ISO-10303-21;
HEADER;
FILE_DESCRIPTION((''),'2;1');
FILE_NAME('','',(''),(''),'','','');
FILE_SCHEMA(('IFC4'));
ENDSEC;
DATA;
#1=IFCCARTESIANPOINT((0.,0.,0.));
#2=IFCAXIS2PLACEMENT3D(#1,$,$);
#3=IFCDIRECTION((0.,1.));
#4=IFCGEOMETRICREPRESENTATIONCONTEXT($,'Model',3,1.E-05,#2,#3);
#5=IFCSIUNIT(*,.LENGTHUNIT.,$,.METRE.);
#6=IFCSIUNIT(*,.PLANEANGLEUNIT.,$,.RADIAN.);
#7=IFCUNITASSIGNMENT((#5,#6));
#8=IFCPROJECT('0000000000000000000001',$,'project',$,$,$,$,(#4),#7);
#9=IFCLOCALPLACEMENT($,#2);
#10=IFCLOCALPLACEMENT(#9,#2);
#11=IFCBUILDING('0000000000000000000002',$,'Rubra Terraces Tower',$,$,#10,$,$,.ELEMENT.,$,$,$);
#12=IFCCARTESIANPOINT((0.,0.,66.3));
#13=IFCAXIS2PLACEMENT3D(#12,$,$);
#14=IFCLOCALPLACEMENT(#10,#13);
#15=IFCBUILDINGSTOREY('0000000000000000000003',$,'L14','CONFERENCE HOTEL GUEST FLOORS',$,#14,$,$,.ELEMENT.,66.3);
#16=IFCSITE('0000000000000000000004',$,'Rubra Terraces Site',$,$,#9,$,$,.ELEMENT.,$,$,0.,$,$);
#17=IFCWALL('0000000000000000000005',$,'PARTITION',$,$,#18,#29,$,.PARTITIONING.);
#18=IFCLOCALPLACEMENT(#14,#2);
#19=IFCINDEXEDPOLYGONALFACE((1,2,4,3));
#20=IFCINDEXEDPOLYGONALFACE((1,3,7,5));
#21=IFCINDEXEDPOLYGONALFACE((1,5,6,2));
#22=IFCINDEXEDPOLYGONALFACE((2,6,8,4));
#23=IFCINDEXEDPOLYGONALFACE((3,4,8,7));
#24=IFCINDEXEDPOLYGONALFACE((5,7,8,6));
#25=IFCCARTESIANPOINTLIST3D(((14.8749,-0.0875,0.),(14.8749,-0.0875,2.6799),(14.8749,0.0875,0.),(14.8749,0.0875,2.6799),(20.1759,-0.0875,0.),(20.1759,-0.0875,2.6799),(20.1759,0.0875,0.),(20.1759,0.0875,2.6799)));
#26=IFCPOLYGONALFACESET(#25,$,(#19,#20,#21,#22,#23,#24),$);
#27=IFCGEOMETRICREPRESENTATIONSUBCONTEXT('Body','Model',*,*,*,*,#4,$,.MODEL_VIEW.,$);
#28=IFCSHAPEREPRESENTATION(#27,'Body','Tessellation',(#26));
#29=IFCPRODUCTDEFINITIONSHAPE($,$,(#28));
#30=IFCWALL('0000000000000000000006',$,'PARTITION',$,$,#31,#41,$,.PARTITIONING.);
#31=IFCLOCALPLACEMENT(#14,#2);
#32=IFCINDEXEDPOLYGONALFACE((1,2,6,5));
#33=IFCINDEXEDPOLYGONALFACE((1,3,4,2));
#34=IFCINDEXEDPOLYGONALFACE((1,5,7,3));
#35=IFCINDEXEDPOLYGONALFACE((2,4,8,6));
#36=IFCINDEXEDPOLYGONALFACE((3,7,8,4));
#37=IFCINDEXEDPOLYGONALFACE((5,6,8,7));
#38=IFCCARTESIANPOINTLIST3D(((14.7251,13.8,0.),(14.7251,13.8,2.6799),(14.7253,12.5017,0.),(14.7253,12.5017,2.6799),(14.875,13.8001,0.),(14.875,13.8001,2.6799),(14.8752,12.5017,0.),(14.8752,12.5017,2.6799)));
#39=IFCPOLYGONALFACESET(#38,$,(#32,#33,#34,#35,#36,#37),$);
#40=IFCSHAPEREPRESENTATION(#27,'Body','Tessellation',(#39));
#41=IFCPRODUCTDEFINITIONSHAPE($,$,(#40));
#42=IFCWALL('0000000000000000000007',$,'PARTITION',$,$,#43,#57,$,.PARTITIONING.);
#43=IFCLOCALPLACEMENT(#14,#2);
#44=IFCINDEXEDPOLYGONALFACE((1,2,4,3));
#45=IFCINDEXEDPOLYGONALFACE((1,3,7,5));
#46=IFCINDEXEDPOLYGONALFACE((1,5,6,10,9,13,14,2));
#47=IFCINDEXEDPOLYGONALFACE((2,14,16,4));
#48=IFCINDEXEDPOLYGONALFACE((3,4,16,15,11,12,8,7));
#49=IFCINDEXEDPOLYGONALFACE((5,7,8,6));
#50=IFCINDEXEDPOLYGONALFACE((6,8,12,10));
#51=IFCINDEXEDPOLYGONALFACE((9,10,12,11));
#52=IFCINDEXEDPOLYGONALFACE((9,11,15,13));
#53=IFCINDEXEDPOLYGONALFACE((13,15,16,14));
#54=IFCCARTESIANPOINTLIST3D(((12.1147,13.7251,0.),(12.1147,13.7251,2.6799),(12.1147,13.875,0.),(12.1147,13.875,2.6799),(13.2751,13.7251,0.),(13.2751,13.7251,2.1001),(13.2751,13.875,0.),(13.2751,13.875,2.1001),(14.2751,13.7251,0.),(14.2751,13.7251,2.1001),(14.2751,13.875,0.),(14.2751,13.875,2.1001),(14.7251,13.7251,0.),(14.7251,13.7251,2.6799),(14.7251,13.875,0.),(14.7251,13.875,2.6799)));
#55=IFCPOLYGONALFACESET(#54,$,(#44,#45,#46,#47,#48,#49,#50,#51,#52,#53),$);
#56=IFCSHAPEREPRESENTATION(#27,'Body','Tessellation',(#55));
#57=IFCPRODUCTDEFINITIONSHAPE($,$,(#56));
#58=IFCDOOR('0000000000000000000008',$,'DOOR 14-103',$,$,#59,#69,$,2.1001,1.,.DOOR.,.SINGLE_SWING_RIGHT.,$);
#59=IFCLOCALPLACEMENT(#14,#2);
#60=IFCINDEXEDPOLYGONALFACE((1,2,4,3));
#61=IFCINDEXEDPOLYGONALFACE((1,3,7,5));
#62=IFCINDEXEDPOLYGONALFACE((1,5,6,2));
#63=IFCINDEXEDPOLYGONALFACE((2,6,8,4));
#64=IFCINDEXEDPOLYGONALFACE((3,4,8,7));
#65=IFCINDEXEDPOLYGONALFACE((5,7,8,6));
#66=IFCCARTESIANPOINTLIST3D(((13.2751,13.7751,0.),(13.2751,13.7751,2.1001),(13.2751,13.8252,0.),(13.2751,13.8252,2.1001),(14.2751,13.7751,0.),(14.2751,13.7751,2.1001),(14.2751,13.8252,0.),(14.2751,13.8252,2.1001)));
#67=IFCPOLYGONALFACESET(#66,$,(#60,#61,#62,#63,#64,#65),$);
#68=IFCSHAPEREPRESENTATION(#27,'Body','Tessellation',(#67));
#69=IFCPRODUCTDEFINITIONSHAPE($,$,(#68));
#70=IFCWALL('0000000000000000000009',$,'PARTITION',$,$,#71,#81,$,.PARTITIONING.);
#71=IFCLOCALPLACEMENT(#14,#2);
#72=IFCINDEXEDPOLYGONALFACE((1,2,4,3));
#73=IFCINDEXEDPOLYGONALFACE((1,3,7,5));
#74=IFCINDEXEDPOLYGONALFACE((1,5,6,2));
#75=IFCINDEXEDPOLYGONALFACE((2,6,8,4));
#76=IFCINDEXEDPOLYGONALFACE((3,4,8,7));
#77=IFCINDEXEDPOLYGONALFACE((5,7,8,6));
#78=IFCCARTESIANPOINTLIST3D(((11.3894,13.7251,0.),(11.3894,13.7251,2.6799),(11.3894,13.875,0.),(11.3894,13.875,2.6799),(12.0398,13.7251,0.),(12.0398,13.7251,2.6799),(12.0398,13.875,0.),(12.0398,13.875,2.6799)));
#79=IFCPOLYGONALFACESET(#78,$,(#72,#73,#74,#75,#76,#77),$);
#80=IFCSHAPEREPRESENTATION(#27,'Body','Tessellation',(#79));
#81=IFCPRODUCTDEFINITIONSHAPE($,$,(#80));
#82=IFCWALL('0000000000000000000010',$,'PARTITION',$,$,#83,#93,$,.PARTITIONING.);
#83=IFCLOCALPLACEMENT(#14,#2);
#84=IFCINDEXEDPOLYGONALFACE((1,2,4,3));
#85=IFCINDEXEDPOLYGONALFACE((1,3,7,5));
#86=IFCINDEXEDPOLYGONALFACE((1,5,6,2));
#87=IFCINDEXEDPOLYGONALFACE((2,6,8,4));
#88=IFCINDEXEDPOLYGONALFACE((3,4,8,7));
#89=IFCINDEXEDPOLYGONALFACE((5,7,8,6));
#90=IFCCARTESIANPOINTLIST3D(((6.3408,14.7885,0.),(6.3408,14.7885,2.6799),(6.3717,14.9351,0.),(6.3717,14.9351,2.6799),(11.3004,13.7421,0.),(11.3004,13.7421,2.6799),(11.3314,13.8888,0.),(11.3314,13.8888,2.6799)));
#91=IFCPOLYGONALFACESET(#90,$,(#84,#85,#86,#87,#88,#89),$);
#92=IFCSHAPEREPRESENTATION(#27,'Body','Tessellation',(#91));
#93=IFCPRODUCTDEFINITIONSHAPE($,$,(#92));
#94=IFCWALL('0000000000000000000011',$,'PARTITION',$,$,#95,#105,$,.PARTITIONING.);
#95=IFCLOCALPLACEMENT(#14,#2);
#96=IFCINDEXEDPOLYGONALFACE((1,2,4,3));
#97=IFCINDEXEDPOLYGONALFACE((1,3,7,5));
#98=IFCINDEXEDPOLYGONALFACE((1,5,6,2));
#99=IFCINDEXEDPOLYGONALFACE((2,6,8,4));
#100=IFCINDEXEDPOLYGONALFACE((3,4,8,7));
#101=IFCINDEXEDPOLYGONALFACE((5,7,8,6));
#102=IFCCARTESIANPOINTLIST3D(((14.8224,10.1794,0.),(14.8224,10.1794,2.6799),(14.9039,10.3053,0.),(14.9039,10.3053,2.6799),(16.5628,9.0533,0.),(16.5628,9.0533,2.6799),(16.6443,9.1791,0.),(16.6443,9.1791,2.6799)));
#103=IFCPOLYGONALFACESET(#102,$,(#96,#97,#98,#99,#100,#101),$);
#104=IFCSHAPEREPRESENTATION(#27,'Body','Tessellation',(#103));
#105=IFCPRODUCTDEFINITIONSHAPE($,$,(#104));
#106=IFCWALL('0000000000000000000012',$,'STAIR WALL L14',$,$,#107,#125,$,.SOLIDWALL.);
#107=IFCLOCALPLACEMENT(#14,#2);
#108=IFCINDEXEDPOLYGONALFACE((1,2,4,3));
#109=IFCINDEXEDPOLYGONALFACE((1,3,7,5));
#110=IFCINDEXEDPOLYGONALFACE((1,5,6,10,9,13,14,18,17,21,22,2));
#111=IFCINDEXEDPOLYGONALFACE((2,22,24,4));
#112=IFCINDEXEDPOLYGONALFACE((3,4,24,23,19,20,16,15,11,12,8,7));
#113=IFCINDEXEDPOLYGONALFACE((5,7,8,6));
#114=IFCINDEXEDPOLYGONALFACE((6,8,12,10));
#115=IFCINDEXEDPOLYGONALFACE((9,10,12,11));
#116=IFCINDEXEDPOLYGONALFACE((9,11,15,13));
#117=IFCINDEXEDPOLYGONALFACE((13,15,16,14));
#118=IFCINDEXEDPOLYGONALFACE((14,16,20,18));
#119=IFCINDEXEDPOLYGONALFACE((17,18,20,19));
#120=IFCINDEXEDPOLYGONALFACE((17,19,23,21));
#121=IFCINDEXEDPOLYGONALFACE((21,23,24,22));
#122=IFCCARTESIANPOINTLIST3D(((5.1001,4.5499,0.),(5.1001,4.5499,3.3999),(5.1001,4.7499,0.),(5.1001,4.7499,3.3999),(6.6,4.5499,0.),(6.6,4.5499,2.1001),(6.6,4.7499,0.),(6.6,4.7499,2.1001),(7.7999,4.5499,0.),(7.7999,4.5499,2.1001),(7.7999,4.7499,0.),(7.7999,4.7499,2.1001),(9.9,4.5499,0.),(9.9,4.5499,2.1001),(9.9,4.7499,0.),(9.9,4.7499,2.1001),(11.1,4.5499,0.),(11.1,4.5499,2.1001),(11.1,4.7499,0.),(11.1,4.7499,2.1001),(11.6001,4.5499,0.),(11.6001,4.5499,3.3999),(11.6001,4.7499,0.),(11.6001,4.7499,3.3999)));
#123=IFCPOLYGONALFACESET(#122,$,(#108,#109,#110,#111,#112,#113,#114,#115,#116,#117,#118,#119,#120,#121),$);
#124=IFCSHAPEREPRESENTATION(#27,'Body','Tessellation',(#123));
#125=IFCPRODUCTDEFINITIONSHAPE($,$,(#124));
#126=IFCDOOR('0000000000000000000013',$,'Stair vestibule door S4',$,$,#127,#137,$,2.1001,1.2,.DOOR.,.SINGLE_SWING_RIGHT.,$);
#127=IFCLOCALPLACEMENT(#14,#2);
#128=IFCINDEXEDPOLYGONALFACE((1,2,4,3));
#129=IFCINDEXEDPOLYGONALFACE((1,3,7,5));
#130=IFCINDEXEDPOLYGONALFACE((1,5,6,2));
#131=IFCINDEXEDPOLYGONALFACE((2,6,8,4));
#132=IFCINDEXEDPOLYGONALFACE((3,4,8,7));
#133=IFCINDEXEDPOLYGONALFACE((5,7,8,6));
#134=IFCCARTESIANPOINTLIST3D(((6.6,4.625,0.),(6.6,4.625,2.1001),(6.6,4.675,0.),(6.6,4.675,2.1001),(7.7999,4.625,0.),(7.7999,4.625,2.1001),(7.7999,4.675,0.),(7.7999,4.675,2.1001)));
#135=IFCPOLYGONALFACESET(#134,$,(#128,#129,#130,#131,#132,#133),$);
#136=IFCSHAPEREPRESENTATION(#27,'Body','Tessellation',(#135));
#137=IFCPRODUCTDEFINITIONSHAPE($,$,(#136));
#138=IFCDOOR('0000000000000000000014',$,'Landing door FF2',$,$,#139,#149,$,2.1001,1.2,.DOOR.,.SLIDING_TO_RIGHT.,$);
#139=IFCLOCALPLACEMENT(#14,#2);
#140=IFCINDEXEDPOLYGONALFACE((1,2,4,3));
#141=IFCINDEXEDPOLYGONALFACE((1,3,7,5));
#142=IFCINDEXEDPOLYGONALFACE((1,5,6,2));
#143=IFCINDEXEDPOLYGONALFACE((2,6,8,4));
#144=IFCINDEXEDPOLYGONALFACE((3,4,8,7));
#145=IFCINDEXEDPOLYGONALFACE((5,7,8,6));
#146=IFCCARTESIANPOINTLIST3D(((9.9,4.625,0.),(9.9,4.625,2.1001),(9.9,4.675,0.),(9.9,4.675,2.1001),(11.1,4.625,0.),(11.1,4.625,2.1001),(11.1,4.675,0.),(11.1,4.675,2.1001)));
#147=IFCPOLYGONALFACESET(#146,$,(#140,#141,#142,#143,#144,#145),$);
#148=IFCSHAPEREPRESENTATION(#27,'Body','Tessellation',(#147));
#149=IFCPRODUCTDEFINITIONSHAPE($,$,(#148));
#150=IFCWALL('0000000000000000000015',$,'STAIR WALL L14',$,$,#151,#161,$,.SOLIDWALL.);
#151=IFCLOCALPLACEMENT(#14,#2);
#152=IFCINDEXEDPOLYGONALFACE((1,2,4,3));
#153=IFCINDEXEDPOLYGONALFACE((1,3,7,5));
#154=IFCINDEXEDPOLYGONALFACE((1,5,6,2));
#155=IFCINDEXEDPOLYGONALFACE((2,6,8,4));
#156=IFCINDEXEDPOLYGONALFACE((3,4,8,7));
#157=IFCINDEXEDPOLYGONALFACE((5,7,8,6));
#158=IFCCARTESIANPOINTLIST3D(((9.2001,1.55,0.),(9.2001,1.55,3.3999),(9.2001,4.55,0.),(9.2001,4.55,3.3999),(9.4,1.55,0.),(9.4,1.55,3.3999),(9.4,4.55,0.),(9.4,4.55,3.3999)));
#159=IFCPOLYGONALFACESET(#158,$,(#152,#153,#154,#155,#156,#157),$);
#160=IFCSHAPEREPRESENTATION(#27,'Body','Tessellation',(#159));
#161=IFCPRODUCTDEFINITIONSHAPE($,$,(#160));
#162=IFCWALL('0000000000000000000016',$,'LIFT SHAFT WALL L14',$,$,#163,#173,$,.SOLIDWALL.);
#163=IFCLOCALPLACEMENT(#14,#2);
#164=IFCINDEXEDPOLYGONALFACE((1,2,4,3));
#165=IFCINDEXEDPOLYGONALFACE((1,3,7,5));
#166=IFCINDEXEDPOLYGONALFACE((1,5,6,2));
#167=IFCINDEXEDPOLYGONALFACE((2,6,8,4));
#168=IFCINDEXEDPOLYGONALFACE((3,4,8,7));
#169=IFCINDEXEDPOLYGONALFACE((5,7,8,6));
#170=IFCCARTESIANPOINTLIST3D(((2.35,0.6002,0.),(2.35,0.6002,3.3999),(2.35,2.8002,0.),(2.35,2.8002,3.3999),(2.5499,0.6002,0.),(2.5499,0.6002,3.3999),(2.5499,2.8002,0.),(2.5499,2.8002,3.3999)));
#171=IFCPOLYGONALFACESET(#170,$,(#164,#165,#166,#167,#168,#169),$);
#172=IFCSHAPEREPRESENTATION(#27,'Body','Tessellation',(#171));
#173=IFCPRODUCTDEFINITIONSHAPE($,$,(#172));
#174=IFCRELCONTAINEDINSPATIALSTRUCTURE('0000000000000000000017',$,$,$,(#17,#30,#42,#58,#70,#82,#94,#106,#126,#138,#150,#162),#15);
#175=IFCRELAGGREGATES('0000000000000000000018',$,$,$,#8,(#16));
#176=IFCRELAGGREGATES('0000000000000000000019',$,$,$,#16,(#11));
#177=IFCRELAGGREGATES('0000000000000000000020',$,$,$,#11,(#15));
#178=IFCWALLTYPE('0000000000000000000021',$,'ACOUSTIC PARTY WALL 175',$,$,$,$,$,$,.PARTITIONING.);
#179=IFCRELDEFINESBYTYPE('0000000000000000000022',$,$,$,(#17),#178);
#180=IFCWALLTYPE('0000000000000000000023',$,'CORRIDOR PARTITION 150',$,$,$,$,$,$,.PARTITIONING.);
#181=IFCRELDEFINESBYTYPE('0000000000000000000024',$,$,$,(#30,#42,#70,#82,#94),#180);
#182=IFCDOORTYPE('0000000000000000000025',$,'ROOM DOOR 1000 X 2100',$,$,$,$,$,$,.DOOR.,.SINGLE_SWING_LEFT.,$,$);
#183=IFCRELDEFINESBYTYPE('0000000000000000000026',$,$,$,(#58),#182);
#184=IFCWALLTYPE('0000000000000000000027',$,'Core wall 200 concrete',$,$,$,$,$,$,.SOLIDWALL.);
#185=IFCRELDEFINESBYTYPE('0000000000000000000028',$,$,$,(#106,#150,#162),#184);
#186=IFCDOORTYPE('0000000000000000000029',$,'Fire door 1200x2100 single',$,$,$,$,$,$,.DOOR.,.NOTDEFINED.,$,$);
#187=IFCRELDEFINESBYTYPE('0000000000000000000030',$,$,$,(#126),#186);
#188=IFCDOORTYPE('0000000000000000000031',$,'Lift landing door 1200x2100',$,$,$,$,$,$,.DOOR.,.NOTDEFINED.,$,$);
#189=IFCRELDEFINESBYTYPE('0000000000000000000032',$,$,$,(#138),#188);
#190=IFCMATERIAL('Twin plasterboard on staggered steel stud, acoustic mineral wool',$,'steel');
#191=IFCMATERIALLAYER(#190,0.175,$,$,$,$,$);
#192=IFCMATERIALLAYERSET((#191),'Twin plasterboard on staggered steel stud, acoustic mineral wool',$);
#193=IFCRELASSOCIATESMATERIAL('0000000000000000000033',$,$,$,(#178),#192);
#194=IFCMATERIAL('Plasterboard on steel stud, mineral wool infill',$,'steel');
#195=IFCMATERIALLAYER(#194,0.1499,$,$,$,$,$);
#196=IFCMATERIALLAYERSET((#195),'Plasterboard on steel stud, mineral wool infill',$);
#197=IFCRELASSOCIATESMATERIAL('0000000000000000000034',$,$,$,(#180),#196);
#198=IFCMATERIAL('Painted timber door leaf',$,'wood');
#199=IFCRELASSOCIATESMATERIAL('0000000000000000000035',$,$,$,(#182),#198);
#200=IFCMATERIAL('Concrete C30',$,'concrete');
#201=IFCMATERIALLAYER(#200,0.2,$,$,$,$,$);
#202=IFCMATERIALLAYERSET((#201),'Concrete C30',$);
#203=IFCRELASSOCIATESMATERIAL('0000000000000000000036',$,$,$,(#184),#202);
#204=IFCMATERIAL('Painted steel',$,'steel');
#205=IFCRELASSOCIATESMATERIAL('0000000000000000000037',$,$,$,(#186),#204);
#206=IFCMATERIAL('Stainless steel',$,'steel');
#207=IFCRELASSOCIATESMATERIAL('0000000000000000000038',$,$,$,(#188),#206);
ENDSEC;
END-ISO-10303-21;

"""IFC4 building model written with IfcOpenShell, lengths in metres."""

from ifc_helpers import new_model, si_unit, direction, frame, frame_2d, origin, place, context, subcontext, project, spatial, rectangle, extrude, material, layer, layer_set, type_object, element, fill, save


model = new_model("IFC4")

# Units and contexts
model_context = context("Model", 3, precision=1e-05, world=origin(), true_north=direction((0.0, 1.0)))
body_context = subcontext(model_context, "Body", "Model", "MODEL_VIEW")
ifc_project = project(units=[si_unit("LENGTHUNIT", "METRE"), si_unit("PLANEANGLEUNIT", "RADIAN")], contexts=[model_context])

# Site, building, storey
site_placement = place(None, origin())
site = spatial("IfcSite", under=ifc_project, at=site_placement, Name="Rubra Terraces Site", CompositionType="ELEMENT", RefElevation=0.0)
building_placement = place(site_placement, origin())
building = spatial("IfcBuilding", under=site, at=building_placement, Name="Rubra Terraces Tower", CompositionType="ELEMENT")
storey_placement = place(building_placement, frame((0.0, 0.0, 66.3)))
storey = spatial("IfcBuildingStorey", under=building, at=storey_placement, Name="L14", Description="CONFERENCE HOTEL GUEST FLOORS", CompositionType="ELEMENT", Elevation=66.3)

# Walls
ifc_material_1 = material(Name="Twin plasterboard on staggered steel stud, acoustic mineral wool", Category="steel")
ifc_layer_1 = layer(ifc_material_1, 0.175)
ifc_layer_set_1 = layer_set([ifc_layer_1], Name="Twin plasterboard on staggered steel stud, acoustic mineral wool")
wall_type_1 = type_object("IfcWallType", Name="ACOUSTIC PARTY WALL 175", PredefinedType="PARTITIONING", material=ifc_layer_set_1)
wall_1_placement = place(storey_placement, frame((14.875, 0.0, 0.0), z_axis=(0.0, 0.0, 1.0), x_axis=(1.0, 0.0, 0.0)))
element("IfcWall", 1, at=wall_1_placement, inside=storey, type_object=wall_type_1, Name="PARTITION", PredefinedType="PARTITIONING", context=body_context, shape_type="SweptSolid", body=[
    extrude(rectangle(XDim=5.301, YDim=0.175, at=frame_2d((2.6504, 0.0))), origin(), (0.0, 0.0, 1.0), 2.6799),
])
ifc_material_2 = material(Name="Plasterboard on steel stud, mineral wool infill", Category="steel")
ifc_layer_2 = layer(ifc_material_2, 0.1499)
ifc_layer_set_2 = layer_set([ifc_layer_2], Name="Plasterboard on steel stud, mineral wool infill")
wall_type_2 = type_object("IfcWallType", Name="CORRIDOR PARTITION 150", PredefinedType="PARTITIONING", material=ifc_layer_set_2)
wall_2_placement = place(storey_placement, frame((14.8003, 12.5017, 0.0), z_axis=(0.0, 0.0, 1.0), x_axis=(-0.000188, 1.0, 0.0)))
element("IfcWall", 2, at=wall_2_placement, inside=storey, type_object=wall_type_2, Name="PARTITION", PredefinedType="PARTITIONING", context=body_context, shape_type="SweptSolid", body=[
    extrude(rectangle(XDim=1.2983, YDim=0.1499, at=frame_2d((0.6492, 0.0))), origin(), (0.0, 0.0, 1.0), 2.6799),
])

# Wall, opening, door
wall_3_placement = place(storey_placement, frame((14.7251, 13.8, 0.0), z_axis=(0.0, 0.0, 1.0), x_axis=(-1.0, 0.0, 0.0)))
wall_3 = element("IfcWall", 3, at=wall_3_placement, inside=storey, type_object=wall_type_2, Name="PARTITION", PredefinedType="PARTITIONING", context=body_context, shape_type="SweptSolid", body=[
    extrude(rectangle(XDim=2.6104, YDim=0.1499, at=frame_2d((1.3052, 0.0))), origin(), (0.0, 0.0, 1.0), 2.6799),
])
opening_1_placement = place(wall_3_placement, frame((0.45, 0.0, 0.0)))
opening_1 = element("IfcOpeningElement", 4, at=opening_1_placement, cuts=wall_3, PredefinedType="OPENING", context=body_context, shape_type="SweptSolid", body=[
    extrude(rectangle(XDim=1.0, YDim=2.1001, at=frame_2d((0.5, 1.05))), frame((0.0, 0.085, 0.0), z_axis=(0.0, -1.0, 0.0), x_axis=(1.0, 0.0, 0.0)), (0.0, 0.0, 1.0), 0.1699),
])
ifc_material_3 = material(Name="Painted timber door leaf", Category="wood")
door_type_1 = type_object("IfcDoorType", Name="ROOM DOOR 1000 X 2100", OperationType="SINGLE_SWING_LEFT", PredefinedType="DOOR", material=ifc_material_3)
door_1_placement = place(opening_1_placement, origin())
door_1 = element("IfcDoor", 5, at=door_1_placement, inside=storey, type_object=door_type_1, Name="DOOR 14-103", OperationType="SINGLE_SWING_RIGHT", OverallHeight=2.1001, OverallWidth=1.0, PredefinedType="DOOR", context=body_context, shape_type="SweptSolid", body=[
    extrude(rectangle(XDim=1.0, YDim=2.1001, at=frame_2d((0.5, 1.05))), frame((0.0, 0.0249, 0.0), z_axis=(0.0, -1.0, 0.0), x_axis=(1.0, 0.0, 0.0)), (0.0, 0.0, 1.0), 0.05),
])
fill(opening_1, door_1)

# Walls
wall_4_placement = place(storey_placement, frame((12.0398, 13.8, 0.0), z_axis=(0.0, 0.0, 1.0), x_axis=(-1.0, 0.0, 0.0)))
element("IfcWall", 6, at=wall_4_placement, inside=storey, type_object=wall_type_2, Name="PARTITION", PredefinedType="PARTITIONING", context=body_context, shape_type="SweptSolid", body=[
    extrude(rectangle(XDim=0.6504, YDim=0.1499, at=frame_2d((0.3252, 0.0))), origin(), (0.0, 0.0, 1.0), 2.6799),
])
wall_5_placement = place(storey_placement, frame((11.3159, 13.8154, 0.0), z_axis=(0.0, 0.0, 1.0), x_axis=(-0.978461, 0.206433, 0.0)))
element("IfcWall", 7, at=wall_5_placement, inside=storey, type_object=wall_type_2, Name="PARTITION", PredefinedType="PARTITIONING", context=body_context, shape_type="SweptSolid", body=[
    extrude(rectangle(XDim=5.0688, YDim=0.1499, at=frame_2d((2.5344, 0.0))), origin(), (0.0, 0.0, 1.0), 2.6799),
])
wall_6_placement = place(storey_placement, frame((14.863, 10.2424, 0.0), z_axis=(0.0, 0.0, 1.0), x_axis=(0.839564, -0.543261, 0.0)))
element("IfcWall", 8, at=wall_6_placement, inside=storey, type_object=wall_type_2, Name="PARTITION", PredefinedType="PARTITIONING", context=body_context, shape_type="SweptSolid", body=[
    extrude(rectangle(XDim=2.073, YDim=0.1499, at=frame_2d((1.0366, 0.0))), origin(), (0.0, 0.0, 1.0), 2.6799),
])

# Wall, openings, doors
ifc_material_4 = material(Name="Concrete C30", Category="concrete")
ifc_layer_3 = layer(ifc_material_4, 0.2)
ifc_layer_set_3 = layer_set([ifc_layer_3], Name="Concrete C30")
wall_type_3 = type_object("IfcWallType", Name="Core wall 200 concrete", PredefinedType="SOLIDWALL", material=ifc_layer_set_3)
wall_7_placement = place(storey_placement, frame((11.6001, 4.6499, 0.0), z_axis=(0.0, 0.0, 1.0), x_axis=(-1.0, 0.0, 0.0)))
wall_7 = element("IfcWall", 9, at=wall_7_placement, inside=storey, type_object=wall_type_3, Name="STAIR WALL L14", PredefinedType="SOLIDWALL", context=body_context, shape_type="SweptSolid", body=[
    extrude(rectangle(XDim=6.5, YDim=0.2, at=frame_2d((3.25, 0.0))), origin(), (0.0, 0.0, 1.0), 3.3999),
])
opening_2_placement = place(wall_7_placement, frame((3.8, 0.0, 0.0)))
opening_2 = element("IfcOpeningElement", 10, at=opening_2_placement, cuts=wall_7, PredefinedType="OPENING", context=body_context, shape_type="SweptSolid", body=[
    extrude(rectangle(XDim=1.2, YDim=2.1001, at=frame_2d((0.6001, 1.05))), frame((0.0, 0.1099, 0.0), z_axis=(0.0, -1.0, 0.0), x_axis=(1.0, 0.0, 0.0)), (0.0, 0.0, 1.0), 0.22),
])
opening_3_placement = place(wall_7_placement, frame((0.5, 0.0, 0.0)))
opening_3 = element("IfcOpeningElement", 11, at=opening_3_placement, cuts=wall_7, PredefinedType="OPENING", context=body_context, shape_type="SweptSolid", body=[
    extrude(rectangle(XDim=1.2, YDim=2.1001, at=frame_2d((0.6001, 1.05))), frame((0.0, 0.1099, 0.0), z_axis=(0.0, -1.0, 0.0), x_axis=(1.0, 0.0, 0.0)), (0.0, 0.0, 1.0), 0.22),
])
ifc_material_5 = material(Name="Painted steel", Category="steel")
door_type_2 = type_object("IfcDoorType", Name="Fire door 1200x2100 single", OperationType="NOTDEFINED", PredefinedType="DOOR", material=ifc_material_5)
door_2_placement = place(opening_2_placement, origin())
door_2 = element("IfcDoor", 12, at=door_2_placement, inside=storey, type_object=door_type_2, Name="Stair vestibule door S4", OperationType="SINGLE_SWING_RIGHT", OverallHeight=2.1001, OverallWidth=1.2, PredefinedType="DOOR", context=body_context, shape_type="SweptSolid", body=[
    extrude(rectangle(XDim=1.2, YDim=2.1001, at=frame_2d((0.6001, 1.05))), frame((0.0, 0.0249, 0.0), z_axis=(0.0, -1.0, 0.0), x_axis=(1.0, 0.0, 0.0)), (0.0, 0.0, 1.0), 0.05),
])
fill(opening_2, door_2)
ifc_material_6 = material(Name="Stainless steel", Category="steel")
door_type_3 = type_object("IfcDoorType", Name="Lift landing door 1200x2100", OperationType="NOTDEFINED", PredefinedType="DOOR", material=ifc_material_6)
door_3_placement = place(opening_3_placement, origin())
door_3 = element("IfcDoor", 13, at=door_3_placement, inside=storey, type_object=door_type_3, Name="Landing door FF2", OperationType="SLIDING_TO_RIGHT", OverallHeight=2.1001, OverallWidth=1.2, PredefinedType="DOOR", context=body_context, shape_type="SweptSolid", body=[
    extrude(rectangle(XDim=1.2, YDim=2.1001, at=frame_2d((0.6001, 1.05))), frame((0.0, 0.0249, 0.0), z_axis=(0.0, -1.0, 0.0), x_axis=(1.0, 0.0, 0.0)), (0.0, 0.0, 1.0), 0.05),
])
fill(opening_3, door_3)

# Walls
wall_8_placement = place(storey_placement, frame((9.3, 4.55, 0.0), z_axis=(0.0, 0.0, 1.0), x_axis=(0.0, -1.0, 0.0)))
element("IfcWall", 14, at=wall_8_placement, inside=storey, type_object=wall_type_3, Name="STAIR WALL L14", PredefinedType="SOLIDWALL", context=body_context, shape_type="SweptSolid", body=[
    extrude(rectangle(XDim=3.0, YDim=0.2, at=frame_2d((1.5, 0.0))), origin(), (0.0, 0.0, 1.0), 3.3999),
])
for number, where, z_axis, x_axis, name in (
    (15, (2.45, 0.6001, 0.0), (0.0, 0.0, 1.0), (0.0, 1.0, 0.0), "LIFT SHAFT WALL L14"),
):
    element("IfcWall", number, at=place(storey_placement, frame(where, z_axis=z_axis, x_axis=x_axis)), inside=storey, type_object=wall_type_3, Name=name, PredefinedType="SOLIDWALL", context=body_context, shape_type="SweptSolid", body=[
        extrude(rectangle(XDim=2.2, YDim=0.2, at=frame_2d((1.1001, 0.0))), origin(), (0.0, 0.0, 1.0), 3.3999),
    ])

save(model, "model.ifc")
